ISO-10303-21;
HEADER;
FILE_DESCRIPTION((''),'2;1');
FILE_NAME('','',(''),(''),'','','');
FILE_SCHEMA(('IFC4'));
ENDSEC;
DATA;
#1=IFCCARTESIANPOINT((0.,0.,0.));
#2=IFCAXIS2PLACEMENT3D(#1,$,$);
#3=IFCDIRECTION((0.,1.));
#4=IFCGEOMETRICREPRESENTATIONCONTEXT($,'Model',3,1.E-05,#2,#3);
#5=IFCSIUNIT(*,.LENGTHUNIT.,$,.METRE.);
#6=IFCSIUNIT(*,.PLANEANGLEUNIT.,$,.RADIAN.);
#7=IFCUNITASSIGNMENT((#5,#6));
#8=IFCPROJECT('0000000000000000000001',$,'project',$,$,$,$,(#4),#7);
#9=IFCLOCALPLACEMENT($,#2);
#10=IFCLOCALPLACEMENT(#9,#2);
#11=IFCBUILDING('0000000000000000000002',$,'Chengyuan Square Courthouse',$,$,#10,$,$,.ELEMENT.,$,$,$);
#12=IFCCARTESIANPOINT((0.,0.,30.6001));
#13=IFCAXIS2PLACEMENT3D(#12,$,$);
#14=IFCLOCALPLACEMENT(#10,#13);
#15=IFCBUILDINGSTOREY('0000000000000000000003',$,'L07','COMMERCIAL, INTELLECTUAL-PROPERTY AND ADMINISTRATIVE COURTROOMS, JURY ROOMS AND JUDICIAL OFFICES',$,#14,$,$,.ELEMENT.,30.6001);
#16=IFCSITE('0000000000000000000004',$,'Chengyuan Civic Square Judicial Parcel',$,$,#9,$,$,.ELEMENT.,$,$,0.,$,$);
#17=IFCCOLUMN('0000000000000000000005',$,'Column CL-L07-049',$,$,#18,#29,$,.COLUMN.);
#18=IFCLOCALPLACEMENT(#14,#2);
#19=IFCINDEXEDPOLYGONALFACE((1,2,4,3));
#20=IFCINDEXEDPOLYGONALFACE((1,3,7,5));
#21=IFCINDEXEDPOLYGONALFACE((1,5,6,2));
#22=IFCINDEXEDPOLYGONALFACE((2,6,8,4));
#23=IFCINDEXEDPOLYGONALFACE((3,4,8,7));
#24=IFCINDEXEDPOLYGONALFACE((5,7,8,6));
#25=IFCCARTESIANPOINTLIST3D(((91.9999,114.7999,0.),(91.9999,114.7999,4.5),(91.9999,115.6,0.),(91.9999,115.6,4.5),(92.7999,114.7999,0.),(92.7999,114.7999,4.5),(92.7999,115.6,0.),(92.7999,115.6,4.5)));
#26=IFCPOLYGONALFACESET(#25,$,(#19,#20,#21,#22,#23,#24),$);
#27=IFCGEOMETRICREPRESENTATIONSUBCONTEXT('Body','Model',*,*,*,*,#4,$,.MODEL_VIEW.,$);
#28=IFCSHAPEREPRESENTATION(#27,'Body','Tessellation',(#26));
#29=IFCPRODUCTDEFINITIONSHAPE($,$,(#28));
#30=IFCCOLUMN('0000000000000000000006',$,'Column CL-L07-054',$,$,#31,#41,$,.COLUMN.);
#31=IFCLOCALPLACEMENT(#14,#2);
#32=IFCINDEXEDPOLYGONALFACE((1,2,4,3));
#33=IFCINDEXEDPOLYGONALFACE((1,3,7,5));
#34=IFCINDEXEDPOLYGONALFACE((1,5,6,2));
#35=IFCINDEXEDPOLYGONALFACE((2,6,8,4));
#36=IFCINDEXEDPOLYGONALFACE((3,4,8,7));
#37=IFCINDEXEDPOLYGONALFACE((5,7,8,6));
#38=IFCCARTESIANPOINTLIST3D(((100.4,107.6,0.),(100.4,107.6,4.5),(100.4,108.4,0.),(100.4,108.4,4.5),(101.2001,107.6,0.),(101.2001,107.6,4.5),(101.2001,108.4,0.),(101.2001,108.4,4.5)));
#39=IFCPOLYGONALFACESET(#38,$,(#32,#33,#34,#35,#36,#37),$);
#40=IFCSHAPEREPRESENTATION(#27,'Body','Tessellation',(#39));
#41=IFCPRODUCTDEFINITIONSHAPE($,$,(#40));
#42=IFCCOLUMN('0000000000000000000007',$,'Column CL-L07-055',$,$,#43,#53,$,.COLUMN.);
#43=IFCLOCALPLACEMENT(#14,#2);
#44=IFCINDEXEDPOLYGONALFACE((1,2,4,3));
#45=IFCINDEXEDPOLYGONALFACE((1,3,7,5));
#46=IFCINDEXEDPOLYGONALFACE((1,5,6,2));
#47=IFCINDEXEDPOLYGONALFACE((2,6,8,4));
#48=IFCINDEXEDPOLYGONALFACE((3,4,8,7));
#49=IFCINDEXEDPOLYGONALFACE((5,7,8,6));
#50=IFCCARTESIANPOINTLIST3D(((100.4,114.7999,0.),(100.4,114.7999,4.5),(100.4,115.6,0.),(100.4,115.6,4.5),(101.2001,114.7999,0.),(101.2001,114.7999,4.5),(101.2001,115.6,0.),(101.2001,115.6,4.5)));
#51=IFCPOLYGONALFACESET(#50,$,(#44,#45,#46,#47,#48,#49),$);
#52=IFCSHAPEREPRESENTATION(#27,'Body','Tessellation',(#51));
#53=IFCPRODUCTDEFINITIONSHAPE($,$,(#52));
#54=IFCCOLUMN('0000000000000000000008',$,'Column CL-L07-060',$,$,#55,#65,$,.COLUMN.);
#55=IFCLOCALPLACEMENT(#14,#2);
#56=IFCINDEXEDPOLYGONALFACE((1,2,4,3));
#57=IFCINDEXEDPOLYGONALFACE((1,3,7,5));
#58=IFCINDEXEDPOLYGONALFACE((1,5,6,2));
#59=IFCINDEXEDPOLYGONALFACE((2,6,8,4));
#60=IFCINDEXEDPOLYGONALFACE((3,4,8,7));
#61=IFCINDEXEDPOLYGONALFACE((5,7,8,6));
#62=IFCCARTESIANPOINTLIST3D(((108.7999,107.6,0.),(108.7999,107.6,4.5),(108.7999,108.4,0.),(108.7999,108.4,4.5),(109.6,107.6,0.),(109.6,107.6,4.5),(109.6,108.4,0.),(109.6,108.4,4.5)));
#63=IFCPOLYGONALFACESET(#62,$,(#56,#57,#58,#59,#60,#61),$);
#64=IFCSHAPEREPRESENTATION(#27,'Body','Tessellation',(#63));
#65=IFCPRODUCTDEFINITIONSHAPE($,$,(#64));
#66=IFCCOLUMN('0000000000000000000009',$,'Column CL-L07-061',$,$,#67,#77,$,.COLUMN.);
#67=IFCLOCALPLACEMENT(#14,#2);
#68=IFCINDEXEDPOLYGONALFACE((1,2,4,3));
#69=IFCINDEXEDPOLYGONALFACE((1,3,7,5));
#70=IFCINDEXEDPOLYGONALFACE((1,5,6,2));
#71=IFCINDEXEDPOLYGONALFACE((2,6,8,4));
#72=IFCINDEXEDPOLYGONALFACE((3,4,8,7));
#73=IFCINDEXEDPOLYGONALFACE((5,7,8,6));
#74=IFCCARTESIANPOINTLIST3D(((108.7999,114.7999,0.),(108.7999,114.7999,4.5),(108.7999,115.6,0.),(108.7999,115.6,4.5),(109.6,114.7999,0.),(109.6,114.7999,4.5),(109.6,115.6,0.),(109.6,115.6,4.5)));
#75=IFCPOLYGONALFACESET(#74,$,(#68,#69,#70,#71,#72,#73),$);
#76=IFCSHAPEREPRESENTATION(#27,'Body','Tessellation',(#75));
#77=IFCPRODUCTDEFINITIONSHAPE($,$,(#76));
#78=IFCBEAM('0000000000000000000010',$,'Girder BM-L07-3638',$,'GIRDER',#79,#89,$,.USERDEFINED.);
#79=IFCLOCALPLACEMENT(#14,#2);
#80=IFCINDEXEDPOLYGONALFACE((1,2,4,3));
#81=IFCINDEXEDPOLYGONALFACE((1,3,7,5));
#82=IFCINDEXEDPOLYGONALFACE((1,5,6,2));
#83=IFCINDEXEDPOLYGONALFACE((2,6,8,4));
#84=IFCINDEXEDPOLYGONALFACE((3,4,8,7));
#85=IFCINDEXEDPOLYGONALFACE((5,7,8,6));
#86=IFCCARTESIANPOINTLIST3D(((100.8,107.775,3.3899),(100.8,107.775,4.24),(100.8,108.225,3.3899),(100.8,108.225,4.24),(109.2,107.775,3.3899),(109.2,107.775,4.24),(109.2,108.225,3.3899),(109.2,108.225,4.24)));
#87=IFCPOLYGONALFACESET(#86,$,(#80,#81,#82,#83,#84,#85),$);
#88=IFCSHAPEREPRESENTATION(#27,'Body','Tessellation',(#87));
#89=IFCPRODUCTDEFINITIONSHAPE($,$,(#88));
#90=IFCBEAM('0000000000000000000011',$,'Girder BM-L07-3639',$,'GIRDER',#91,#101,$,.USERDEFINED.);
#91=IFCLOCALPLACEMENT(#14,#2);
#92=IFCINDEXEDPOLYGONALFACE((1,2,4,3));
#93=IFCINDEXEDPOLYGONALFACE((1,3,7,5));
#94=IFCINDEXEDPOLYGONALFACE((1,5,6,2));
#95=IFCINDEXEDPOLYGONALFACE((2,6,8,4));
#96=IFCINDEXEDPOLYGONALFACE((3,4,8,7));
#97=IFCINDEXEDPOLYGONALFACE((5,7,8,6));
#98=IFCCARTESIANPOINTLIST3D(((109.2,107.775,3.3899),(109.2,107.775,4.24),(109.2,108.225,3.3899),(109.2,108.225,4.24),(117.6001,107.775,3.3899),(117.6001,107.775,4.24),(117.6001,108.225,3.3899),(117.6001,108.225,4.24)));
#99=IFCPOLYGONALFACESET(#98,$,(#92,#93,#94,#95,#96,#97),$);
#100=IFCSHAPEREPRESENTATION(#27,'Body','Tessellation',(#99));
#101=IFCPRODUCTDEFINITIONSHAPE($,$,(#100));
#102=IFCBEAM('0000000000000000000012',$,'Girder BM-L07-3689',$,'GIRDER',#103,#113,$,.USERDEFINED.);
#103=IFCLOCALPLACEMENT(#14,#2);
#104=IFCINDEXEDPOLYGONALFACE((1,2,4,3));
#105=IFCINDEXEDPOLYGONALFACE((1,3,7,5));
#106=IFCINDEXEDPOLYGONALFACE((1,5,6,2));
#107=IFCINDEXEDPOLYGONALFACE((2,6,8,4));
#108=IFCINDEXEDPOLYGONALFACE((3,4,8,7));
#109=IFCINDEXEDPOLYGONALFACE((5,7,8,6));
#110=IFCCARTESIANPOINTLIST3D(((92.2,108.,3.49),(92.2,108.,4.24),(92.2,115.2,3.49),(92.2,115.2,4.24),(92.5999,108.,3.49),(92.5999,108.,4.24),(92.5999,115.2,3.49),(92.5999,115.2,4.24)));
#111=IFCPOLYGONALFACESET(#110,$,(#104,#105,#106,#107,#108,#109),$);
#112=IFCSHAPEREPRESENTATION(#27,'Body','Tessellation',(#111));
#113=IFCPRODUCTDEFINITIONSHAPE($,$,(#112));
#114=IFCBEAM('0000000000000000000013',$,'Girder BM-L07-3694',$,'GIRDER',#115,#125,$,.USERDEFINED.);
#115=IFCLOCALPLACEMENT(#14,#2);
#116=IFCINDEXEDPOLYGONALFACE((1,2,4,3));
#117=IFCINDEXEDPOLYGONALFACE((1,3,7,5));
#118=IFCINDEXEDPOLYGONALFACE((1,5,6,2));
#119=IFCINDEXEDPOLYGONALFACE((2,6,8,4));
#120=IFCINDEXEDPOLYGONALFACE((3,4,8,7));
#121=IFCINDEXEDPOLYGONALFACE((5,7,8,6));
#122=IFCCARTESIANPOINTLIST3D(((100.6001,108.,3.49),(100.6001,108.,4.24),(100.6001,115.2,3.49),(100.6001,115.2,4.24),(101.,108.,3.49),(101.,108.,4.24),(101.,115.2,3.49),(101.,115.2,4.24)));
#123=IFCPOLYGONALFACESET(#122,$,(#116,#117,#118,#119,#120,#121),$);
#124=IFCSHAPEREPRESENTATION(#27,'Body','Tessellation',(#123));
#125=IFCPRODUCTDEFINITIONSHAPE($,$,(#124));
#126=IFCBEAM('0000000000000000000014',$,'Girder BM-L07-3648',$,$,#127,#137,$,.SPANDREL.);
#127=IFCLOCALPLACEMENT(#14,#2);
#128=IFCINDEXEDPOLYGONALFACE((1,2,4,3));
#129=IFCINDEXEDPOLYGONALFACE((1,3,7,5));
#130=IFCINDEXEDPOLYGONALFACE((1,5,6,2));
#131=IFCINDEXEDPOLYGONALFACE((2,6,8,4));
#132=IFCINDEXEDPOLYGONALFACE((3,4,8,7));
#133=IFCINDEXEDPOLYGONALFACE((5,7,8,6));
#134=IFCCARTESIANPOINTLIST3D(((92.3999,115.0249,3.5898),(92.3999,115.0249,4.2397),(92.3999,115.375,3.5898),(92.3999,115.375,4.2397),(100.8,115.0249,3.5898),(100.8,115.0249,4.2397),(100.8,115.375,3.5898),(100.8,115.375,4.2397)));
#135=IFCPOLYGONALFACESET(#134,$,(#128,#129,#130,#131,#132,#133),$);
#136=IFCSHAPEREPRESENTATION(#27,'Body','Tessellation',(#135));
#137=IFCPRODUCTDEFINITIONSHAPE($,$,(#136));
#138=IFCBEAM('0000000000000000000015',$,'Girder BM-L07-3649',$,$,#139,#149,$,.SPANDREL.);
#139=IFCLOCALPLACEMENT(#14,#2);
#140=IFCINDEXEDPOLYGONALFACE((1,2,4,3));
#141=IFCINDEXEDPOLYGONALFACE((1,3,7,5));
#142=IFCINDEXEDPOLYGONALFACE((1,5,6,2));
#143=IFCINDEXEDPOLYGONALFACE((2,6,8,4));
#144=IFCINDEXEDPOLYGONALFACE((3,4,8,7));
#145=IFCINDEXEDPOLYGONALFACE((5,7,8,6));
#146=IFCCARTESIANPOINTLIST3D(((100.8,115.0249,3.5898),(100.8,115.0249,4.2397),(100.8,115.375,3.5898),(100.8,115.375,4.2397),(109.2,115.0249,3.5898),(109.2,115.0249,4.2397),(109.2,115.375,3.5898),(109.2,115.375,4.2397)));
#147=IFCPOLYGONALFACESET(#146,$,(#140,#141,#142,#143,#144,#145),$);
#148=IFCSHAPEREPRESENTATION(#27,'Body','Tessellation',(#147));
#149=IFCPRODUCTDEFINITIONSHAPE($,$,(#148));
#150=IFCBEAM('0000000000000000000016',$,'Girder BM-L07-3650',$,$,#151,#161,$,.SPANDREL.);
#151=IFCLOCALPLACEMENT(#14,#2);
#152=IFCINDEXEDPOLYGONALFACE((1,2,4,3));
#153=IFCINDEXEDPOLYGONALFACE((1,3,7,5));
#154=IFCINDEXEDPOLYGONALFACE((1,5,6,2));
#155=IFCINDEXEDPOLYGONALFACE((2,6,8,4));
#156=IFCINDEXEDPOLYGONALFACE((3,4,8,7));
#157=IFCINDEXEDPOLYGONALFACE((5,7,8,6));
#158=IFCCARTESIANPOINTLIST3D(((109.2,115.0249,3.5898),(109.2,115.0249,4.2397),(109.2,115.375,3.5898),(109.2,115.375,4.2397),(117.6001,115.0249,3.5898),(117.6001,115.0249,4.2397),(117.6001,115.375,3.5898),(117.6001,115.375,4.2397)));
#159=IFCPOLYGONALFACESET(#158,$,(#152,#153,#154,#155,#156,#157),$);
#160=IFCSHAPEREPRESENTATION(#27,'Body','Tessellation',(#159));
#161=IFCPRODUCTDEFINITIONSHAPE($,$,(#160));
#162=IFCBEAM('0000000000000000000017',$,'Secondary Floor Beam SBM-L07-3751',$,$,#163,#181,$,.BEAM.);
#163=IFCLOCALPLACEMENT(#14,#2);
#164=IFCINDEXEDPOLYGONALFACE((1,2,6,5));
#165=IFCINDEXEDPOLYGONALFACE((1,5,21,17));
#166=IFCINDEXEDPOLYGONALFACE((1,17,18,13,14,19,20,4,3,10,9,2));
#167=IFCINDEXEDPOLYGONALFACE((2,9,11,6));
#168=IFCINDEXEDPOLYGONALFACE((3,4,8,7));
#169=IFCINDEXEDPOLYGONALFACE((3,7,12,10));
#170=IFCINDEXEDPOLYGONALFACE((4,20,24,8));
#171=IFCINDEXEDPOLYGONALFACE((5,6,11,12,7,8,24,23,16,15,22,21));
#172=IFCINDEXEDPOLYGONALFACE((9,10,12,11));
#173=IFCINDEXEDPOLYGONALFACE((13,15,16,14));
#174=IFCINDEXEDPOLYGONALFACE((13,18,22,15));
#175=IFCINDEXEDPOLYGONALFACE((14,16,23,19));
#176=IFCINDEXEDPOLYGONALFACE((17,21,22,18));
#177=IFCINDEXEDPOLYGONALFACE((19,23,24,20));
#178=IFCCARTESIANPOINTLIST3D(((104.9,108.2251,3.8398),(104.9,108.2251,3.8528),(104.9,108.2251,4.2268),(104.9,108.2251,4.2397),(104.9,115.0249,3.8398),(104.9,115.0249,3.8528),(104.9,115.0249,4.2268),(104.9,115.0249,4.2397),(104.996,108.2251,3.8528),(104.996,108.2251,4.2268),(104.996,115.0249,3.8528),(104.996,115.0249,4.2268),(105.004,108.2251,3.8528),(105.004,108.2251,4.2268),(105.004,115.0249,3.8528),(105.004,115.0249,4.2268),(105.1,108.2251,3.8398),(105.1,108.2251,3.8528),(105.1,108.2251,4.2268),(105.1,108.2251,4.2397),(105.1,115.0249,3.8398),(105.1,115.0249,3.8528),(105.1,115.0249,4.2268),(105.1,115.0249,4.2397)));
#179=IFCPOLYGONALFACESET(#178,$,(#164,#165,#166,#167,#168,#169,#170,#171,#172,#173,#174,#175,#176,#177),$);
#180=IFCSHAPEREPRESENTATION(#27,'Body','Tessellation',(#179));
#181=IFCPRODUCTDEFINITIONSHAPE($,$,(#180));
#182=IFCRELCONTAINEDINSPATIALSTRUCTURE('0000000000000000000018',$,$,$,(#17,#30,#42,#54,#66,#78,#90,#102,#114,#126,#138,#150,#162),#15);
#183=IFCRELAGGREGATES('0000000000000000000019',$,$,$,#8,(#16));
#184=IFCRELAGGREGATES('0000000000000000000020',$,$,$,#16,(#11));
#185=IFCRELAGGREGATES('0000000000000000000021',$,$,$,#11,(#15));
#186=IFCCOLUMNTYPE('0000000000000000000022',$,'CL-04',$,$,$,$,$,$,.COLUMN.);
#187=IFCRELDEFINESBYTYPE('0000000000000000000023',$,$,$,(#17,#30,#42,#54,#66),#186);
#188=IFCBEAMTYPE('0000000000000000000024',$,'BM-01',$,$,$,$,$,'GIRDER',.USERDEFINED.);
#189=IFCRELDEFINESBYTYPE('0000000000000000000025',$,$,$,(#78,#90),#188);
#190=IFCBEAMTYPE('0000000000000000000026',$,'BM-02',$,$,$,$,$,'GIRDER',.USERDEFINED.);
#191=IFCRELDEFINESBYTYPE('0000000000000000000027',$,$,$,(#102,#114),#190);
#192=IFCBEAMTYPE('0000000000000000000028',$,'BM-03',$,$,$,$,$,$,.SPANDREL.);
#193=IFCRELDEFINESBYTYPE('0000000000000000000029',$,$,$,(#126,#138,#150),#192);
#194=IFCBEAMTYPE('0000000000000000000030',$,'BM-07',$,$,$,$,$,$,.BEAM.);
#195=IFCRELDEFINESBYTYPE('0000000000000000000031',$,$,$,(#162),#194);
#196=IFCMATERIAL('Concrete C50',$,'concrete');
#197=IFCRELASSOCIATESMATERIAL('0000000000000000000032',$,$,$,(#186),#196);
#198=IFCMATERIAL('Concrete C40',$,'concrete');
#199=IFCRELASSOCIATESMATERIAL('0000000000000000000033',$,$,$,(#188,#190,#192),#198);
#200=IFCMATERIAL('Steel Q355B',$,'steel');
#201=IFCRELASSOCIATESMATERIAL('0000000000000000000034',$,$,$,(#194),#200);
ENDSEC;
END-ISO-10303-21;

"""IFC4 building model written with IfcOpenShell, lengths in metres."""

from ifc_helpers import new_model, si_unit, direction, frame, origin, origin_2d, place, context, subcontext, project, spatial, rectangle, i_section, extrude, material, material_profile, profile_set, type_object, element, save


model = new_model("IFC4")

# Units and contexts
model_context = context("Model", 3, precision=1e-05, world=origin(), true_north=direction((0.0, 1.0)))
body_context = subcontext(model_context, "Body", "Model", "MODEL_VIEW")
ifc_project = project(units=[si_unit("LENGTHUNIT", "METRE"), si_unit("PLANEANGLEUNIT", "RADIAN")], contexts=[model_context])

# Site, building, storey
site_placement = place(None, origin())
site = spatial("IfcSite", under=ifc_project, at=site_placement, Name="Chengyuan Civic Square Judicial Parcel", CompositionType="ELEMENT", RefElevation=0.0)
building_placement = place(site_placement, origin())
building = spatial("IfcBuilding", under=site, at=building_placement, Name="Chengyuan Square Courthouse", CompositionType="ELEMENT")
storey_placement = place(building_placement, frame((0.0, 0.0, 30.6001)))
storey = spatial("IfcBuildingStorey", under=building, at=storey_placement, Name="L07", Description="COMMERCIAL, INTELLECTUAL-PROPERTY AND ADMINISTRATIVE COURTROOMS, JURY ROOMS AND JUDICIAL OFFICES", CompositionType="ELEMENT", Elevation=30.6001)

# Columns
ifc_material_1 = material(Name="Concrete C50", Category="concrete")
ifc_material_profile_1 = material_profile(ifc_material_1, rectangle(XDim=0.8, YDim=0.8, at=origin_2d()), Name="RC-COL-800x800")
ifc_profile_set_1 = profile_set([ifc_material_profile_1], Name="Concrete C50")
column_type = type_object("IfcColumnType", Name="CL-04", PredefinedType="COLUMN", material=ifc_profile_set_1)
for number, where, z_axis, x_axis, name in (
    (1, (92.3999, 115.2, 0.0), (0.0, 0.0, 1.0), (1.0, 0.0, 0.0), "Column CL-L07-049"),
    (2, (100.8, 108.0, 0.0), (0.0, 0.0, 1.0), (1.0, 0.0, 0.0), "Column CL-L07-054"),
    (3, (100.8, 115.2, 0.0), (0.0, 0.0, 1.0), (1.0, 0.0, 0.0), "Column CL-L07-055"),
    (4, (109.2, 108.0, 0.0), (0.0, 0.0, 1.0), (1.0, 0.0, 0.0), "Column CL-L07-060"),
    (5, (109.2, 115.2, 0.0), (0.0, 0.0, 1.0), (1.0, 0.0, 0.0), "Column CL-L07-061"),
):
    element("IfcColumn", number, at=place(storey_placement, frame(where, z_axis=z_axis, x_axis=x_axis)), inside=storey, type_object=column_type, Name=name, PredefinedType="COLUMN", context=body_context, shape_type="SweptSolid", body=[
        extrude(rectangle(XDim=0.8, YDim=0.8, at=origin_2d()), origin(), (0.0, 0.0, 1.0), 4.5),
    ])

# Beams
ifc_material_2 = material(Name="Concrete C40", Category="concrete")
ifc_material_profile_2 = material_profile(ifc_material_2, rectangle(XDim=0.45, YDim=0.8501, at=origin_2d()), Name="RC-BM-450x850")
ifc_profile_set_2 = profile_set([ifc_material_profile_2], Name="Concrete C40")
beam_type_1 = type_object("IfcBeamType", Name="BM-01", ElementType="GIRDER", PredefinedType="USERDEFINED", material=ifc_profile_set_2)
beam_1_placement = place(storey_placement, frame((100.8, 108.0, 3.8149), z_axis=(1.0, 0.0, 0.0), x_axis=(0.0, 1.0, 0.0)))
element("IfcBeam", 6, at=beam_1_placement, inside=storey, type_object=beam_type_1, Name="Girder BM-L07-3638", ObjectType="GIRDER", PredefinedType="USERDEFINED", context=body_context, shape_type="SweptSolid", body=[
    extrude(rectangle(XDim=0.45, YDim=0.8501, at=origin_2d()), origin(), (0.0, 0.0, 1.0), 8.3999),
])
beam_2_placement = place(storey_placement, frame((109.2, 108.0, 3.8149), z_axis=(1.0, 0.0, 0.0), x_axis=(0.0, 1.0, 0.0)))
element("IfcBeam", 7, at=beam_2_placement, inside=storey, type_object=beam_type_1, Name="Girder BM-L07-3639", ObjectType="GIRDER", PredefinedType="USERDEFINED", context=body_context, shape_type="SweptSolid", body=[
    extrude(rectangle(XDim=0.45, YDim=0.8501, at=origin_2d()), origin(), (0.0, 0.0, 1.0), 8.4001),
])
ifc_material_profile_3 = material_profile(ifc_material_2, rectangle(XDim=0.3999, YDim=0.75, at=origin_2d()), Name="RC-BM-400x750")
ifc_profile_set_3 = profile_set([ifc_material_profile_3], Name="Concrete C40")
beam_type_2 = type_object("IfcBeamType", Name="BM-02", ElementType="GIRDER", PredefinedType="USERDEFINED", material=ifc_profile_set_3)
for number, where, z_axis, x_axis, name in (
    (8, (92.3999, 108.0, 3.865), (0.0, 1.0, 0.0), (-1.0, 0.0, 0.0), "Girder BM-L07-3689"),
    (9, (100.8, 108.0, 3.865), (0.0, 1.0, 0.0), (-1.0, 0.0, 0.0), "Girder BM-L07-3694"),
):
    element("IfcBeam", number, at=place(storey_placement, frame(where, z_axis=z_axis, x_axis=x_axis)), inside=storey, type_object=beam_type_2, Name=name, ObjectType="GIRDER", PredefinedType="USERDEFINED", context=body_context, shape_type="SweptSolid", body=[
        extrude(rectangle(XDim=0.3999, YDim=0.75, at=origin_2d()), origin(), (0.0, 0.0, 1.0), 7.2),
    ])
ifc_material_profile_4 = material_profile(ifc_material_2, rectangle(XDim=0.3501, YDim=0.6499, at=origin_2d()), Name="RC-BM-350x650")
ifc_profile_set_4 = profile_set([ifc_material_profile_4], Name="Concrete C40")
beam_type_3 = type_object("IfcBeamType", Name="BM-03", PredefinedType="SPANDREL", material=ifc_profile_set_4)
beam_3_placement = place(storey_placement, frame((92.3999, 115.2, 3.9148), z_axis=(1.0, 0.0, 0.0), x_axis=(0.0, 1.0, 0.0)))
element("IfcBeam", 10, at=beam_3_placement, inside=storey, type_object=beam_type_3, Name="Girder BM-L07-3648", PredefinedType="SPANDREL", context=body_context, shape_type="SweptSolid", body=[
    extrude(rectangle(XDim=0.3501, YDim=0.6499, at=origin_2d()), origin(), (0.0, 0.0, 1.0), 8.4001),
])
beam_4_placement = place(storey_placement, frame((100.8, 115.2, 3.9148), z_axis=(1.0, 0.0, 0.0), x_axis=(0.0, 1.0, 0.0)))
element("IfcBeam", 11, at=beam_4_placement, inside=storey, type_object=beam_type_3, Name="Girder BM-L07-3649", PredefinedType="SPANDREL", context=body_context, shape_type="SweptSolid", body=[
    extrude(rectangle(XDim=0.3501, YDim=0.6499, at=origin_2d()), origin(), (0.0, 0.0, 1.0), 8.3999),
])
beam_5_placement = place(storey_placement, frame((109.2, 115.2, 3.9148), z_axis=(1.0, 0.0, 0.0), x_axis=(0.0, 1.0, 0.0)))
element("IfcBeam", 12, at=beam_5_placement, inside=storey, type_object=beam_type_3, Name="Girder BM-L07-3650", PredefinedType="SPANDREL", context=body_context, shape_type="SweptSolid", body=[
    extrude(rectangle(XDim=0.3501, YDim=0.6499, at=origin_2d()), origin(), (0.0, 0.0, 1.0), 8.4001),
])
ifc_material_3 = material(Name="Steel Q355B", Category="steel")
ifc_material_profile_5 = material_profile(ifc_material_3, i_section(OverallWidth=0.2, OverallDepth=0.3999, WebThickness=0.0081, FlangeThickness=0.0129, at=origin_2d()), Name="HN 400x200x8x13")
ifc_profile_set_5 = profile_set([ifc_material_profile_5], Name="Steel Q355B")
beam_type_4 = type_object("IfcBeamType", Name="BM-07", PredefinedType="BEAM", material=ifc_profile_set_5)
beam_6_placement = place(storey_placement, frame((105.0, 108.2251, 4.0398), z_axis=(0.0, 1.0, 0.0), x_axis=(-1.0, 0.0, 0.0)))
element("IfcBeam", 13, at=beam_6_placement, inside=storey, type_object=beam_type_4, Name="Secondary Floor Beam SBM-L07-3751", PredefinedType="BEAM", context=body_context, shape_type="SweptSolid", body=[
    extrude(i_section(OverallWidth=0.2, OverallDepth=0.3999, WebThickness=0.0081, FlangeThickness=0.0129, at=origin_2d()), origin(), (0.0, 0.0, 1.0), 6.7998),
])

save(model, "model.ifc")
